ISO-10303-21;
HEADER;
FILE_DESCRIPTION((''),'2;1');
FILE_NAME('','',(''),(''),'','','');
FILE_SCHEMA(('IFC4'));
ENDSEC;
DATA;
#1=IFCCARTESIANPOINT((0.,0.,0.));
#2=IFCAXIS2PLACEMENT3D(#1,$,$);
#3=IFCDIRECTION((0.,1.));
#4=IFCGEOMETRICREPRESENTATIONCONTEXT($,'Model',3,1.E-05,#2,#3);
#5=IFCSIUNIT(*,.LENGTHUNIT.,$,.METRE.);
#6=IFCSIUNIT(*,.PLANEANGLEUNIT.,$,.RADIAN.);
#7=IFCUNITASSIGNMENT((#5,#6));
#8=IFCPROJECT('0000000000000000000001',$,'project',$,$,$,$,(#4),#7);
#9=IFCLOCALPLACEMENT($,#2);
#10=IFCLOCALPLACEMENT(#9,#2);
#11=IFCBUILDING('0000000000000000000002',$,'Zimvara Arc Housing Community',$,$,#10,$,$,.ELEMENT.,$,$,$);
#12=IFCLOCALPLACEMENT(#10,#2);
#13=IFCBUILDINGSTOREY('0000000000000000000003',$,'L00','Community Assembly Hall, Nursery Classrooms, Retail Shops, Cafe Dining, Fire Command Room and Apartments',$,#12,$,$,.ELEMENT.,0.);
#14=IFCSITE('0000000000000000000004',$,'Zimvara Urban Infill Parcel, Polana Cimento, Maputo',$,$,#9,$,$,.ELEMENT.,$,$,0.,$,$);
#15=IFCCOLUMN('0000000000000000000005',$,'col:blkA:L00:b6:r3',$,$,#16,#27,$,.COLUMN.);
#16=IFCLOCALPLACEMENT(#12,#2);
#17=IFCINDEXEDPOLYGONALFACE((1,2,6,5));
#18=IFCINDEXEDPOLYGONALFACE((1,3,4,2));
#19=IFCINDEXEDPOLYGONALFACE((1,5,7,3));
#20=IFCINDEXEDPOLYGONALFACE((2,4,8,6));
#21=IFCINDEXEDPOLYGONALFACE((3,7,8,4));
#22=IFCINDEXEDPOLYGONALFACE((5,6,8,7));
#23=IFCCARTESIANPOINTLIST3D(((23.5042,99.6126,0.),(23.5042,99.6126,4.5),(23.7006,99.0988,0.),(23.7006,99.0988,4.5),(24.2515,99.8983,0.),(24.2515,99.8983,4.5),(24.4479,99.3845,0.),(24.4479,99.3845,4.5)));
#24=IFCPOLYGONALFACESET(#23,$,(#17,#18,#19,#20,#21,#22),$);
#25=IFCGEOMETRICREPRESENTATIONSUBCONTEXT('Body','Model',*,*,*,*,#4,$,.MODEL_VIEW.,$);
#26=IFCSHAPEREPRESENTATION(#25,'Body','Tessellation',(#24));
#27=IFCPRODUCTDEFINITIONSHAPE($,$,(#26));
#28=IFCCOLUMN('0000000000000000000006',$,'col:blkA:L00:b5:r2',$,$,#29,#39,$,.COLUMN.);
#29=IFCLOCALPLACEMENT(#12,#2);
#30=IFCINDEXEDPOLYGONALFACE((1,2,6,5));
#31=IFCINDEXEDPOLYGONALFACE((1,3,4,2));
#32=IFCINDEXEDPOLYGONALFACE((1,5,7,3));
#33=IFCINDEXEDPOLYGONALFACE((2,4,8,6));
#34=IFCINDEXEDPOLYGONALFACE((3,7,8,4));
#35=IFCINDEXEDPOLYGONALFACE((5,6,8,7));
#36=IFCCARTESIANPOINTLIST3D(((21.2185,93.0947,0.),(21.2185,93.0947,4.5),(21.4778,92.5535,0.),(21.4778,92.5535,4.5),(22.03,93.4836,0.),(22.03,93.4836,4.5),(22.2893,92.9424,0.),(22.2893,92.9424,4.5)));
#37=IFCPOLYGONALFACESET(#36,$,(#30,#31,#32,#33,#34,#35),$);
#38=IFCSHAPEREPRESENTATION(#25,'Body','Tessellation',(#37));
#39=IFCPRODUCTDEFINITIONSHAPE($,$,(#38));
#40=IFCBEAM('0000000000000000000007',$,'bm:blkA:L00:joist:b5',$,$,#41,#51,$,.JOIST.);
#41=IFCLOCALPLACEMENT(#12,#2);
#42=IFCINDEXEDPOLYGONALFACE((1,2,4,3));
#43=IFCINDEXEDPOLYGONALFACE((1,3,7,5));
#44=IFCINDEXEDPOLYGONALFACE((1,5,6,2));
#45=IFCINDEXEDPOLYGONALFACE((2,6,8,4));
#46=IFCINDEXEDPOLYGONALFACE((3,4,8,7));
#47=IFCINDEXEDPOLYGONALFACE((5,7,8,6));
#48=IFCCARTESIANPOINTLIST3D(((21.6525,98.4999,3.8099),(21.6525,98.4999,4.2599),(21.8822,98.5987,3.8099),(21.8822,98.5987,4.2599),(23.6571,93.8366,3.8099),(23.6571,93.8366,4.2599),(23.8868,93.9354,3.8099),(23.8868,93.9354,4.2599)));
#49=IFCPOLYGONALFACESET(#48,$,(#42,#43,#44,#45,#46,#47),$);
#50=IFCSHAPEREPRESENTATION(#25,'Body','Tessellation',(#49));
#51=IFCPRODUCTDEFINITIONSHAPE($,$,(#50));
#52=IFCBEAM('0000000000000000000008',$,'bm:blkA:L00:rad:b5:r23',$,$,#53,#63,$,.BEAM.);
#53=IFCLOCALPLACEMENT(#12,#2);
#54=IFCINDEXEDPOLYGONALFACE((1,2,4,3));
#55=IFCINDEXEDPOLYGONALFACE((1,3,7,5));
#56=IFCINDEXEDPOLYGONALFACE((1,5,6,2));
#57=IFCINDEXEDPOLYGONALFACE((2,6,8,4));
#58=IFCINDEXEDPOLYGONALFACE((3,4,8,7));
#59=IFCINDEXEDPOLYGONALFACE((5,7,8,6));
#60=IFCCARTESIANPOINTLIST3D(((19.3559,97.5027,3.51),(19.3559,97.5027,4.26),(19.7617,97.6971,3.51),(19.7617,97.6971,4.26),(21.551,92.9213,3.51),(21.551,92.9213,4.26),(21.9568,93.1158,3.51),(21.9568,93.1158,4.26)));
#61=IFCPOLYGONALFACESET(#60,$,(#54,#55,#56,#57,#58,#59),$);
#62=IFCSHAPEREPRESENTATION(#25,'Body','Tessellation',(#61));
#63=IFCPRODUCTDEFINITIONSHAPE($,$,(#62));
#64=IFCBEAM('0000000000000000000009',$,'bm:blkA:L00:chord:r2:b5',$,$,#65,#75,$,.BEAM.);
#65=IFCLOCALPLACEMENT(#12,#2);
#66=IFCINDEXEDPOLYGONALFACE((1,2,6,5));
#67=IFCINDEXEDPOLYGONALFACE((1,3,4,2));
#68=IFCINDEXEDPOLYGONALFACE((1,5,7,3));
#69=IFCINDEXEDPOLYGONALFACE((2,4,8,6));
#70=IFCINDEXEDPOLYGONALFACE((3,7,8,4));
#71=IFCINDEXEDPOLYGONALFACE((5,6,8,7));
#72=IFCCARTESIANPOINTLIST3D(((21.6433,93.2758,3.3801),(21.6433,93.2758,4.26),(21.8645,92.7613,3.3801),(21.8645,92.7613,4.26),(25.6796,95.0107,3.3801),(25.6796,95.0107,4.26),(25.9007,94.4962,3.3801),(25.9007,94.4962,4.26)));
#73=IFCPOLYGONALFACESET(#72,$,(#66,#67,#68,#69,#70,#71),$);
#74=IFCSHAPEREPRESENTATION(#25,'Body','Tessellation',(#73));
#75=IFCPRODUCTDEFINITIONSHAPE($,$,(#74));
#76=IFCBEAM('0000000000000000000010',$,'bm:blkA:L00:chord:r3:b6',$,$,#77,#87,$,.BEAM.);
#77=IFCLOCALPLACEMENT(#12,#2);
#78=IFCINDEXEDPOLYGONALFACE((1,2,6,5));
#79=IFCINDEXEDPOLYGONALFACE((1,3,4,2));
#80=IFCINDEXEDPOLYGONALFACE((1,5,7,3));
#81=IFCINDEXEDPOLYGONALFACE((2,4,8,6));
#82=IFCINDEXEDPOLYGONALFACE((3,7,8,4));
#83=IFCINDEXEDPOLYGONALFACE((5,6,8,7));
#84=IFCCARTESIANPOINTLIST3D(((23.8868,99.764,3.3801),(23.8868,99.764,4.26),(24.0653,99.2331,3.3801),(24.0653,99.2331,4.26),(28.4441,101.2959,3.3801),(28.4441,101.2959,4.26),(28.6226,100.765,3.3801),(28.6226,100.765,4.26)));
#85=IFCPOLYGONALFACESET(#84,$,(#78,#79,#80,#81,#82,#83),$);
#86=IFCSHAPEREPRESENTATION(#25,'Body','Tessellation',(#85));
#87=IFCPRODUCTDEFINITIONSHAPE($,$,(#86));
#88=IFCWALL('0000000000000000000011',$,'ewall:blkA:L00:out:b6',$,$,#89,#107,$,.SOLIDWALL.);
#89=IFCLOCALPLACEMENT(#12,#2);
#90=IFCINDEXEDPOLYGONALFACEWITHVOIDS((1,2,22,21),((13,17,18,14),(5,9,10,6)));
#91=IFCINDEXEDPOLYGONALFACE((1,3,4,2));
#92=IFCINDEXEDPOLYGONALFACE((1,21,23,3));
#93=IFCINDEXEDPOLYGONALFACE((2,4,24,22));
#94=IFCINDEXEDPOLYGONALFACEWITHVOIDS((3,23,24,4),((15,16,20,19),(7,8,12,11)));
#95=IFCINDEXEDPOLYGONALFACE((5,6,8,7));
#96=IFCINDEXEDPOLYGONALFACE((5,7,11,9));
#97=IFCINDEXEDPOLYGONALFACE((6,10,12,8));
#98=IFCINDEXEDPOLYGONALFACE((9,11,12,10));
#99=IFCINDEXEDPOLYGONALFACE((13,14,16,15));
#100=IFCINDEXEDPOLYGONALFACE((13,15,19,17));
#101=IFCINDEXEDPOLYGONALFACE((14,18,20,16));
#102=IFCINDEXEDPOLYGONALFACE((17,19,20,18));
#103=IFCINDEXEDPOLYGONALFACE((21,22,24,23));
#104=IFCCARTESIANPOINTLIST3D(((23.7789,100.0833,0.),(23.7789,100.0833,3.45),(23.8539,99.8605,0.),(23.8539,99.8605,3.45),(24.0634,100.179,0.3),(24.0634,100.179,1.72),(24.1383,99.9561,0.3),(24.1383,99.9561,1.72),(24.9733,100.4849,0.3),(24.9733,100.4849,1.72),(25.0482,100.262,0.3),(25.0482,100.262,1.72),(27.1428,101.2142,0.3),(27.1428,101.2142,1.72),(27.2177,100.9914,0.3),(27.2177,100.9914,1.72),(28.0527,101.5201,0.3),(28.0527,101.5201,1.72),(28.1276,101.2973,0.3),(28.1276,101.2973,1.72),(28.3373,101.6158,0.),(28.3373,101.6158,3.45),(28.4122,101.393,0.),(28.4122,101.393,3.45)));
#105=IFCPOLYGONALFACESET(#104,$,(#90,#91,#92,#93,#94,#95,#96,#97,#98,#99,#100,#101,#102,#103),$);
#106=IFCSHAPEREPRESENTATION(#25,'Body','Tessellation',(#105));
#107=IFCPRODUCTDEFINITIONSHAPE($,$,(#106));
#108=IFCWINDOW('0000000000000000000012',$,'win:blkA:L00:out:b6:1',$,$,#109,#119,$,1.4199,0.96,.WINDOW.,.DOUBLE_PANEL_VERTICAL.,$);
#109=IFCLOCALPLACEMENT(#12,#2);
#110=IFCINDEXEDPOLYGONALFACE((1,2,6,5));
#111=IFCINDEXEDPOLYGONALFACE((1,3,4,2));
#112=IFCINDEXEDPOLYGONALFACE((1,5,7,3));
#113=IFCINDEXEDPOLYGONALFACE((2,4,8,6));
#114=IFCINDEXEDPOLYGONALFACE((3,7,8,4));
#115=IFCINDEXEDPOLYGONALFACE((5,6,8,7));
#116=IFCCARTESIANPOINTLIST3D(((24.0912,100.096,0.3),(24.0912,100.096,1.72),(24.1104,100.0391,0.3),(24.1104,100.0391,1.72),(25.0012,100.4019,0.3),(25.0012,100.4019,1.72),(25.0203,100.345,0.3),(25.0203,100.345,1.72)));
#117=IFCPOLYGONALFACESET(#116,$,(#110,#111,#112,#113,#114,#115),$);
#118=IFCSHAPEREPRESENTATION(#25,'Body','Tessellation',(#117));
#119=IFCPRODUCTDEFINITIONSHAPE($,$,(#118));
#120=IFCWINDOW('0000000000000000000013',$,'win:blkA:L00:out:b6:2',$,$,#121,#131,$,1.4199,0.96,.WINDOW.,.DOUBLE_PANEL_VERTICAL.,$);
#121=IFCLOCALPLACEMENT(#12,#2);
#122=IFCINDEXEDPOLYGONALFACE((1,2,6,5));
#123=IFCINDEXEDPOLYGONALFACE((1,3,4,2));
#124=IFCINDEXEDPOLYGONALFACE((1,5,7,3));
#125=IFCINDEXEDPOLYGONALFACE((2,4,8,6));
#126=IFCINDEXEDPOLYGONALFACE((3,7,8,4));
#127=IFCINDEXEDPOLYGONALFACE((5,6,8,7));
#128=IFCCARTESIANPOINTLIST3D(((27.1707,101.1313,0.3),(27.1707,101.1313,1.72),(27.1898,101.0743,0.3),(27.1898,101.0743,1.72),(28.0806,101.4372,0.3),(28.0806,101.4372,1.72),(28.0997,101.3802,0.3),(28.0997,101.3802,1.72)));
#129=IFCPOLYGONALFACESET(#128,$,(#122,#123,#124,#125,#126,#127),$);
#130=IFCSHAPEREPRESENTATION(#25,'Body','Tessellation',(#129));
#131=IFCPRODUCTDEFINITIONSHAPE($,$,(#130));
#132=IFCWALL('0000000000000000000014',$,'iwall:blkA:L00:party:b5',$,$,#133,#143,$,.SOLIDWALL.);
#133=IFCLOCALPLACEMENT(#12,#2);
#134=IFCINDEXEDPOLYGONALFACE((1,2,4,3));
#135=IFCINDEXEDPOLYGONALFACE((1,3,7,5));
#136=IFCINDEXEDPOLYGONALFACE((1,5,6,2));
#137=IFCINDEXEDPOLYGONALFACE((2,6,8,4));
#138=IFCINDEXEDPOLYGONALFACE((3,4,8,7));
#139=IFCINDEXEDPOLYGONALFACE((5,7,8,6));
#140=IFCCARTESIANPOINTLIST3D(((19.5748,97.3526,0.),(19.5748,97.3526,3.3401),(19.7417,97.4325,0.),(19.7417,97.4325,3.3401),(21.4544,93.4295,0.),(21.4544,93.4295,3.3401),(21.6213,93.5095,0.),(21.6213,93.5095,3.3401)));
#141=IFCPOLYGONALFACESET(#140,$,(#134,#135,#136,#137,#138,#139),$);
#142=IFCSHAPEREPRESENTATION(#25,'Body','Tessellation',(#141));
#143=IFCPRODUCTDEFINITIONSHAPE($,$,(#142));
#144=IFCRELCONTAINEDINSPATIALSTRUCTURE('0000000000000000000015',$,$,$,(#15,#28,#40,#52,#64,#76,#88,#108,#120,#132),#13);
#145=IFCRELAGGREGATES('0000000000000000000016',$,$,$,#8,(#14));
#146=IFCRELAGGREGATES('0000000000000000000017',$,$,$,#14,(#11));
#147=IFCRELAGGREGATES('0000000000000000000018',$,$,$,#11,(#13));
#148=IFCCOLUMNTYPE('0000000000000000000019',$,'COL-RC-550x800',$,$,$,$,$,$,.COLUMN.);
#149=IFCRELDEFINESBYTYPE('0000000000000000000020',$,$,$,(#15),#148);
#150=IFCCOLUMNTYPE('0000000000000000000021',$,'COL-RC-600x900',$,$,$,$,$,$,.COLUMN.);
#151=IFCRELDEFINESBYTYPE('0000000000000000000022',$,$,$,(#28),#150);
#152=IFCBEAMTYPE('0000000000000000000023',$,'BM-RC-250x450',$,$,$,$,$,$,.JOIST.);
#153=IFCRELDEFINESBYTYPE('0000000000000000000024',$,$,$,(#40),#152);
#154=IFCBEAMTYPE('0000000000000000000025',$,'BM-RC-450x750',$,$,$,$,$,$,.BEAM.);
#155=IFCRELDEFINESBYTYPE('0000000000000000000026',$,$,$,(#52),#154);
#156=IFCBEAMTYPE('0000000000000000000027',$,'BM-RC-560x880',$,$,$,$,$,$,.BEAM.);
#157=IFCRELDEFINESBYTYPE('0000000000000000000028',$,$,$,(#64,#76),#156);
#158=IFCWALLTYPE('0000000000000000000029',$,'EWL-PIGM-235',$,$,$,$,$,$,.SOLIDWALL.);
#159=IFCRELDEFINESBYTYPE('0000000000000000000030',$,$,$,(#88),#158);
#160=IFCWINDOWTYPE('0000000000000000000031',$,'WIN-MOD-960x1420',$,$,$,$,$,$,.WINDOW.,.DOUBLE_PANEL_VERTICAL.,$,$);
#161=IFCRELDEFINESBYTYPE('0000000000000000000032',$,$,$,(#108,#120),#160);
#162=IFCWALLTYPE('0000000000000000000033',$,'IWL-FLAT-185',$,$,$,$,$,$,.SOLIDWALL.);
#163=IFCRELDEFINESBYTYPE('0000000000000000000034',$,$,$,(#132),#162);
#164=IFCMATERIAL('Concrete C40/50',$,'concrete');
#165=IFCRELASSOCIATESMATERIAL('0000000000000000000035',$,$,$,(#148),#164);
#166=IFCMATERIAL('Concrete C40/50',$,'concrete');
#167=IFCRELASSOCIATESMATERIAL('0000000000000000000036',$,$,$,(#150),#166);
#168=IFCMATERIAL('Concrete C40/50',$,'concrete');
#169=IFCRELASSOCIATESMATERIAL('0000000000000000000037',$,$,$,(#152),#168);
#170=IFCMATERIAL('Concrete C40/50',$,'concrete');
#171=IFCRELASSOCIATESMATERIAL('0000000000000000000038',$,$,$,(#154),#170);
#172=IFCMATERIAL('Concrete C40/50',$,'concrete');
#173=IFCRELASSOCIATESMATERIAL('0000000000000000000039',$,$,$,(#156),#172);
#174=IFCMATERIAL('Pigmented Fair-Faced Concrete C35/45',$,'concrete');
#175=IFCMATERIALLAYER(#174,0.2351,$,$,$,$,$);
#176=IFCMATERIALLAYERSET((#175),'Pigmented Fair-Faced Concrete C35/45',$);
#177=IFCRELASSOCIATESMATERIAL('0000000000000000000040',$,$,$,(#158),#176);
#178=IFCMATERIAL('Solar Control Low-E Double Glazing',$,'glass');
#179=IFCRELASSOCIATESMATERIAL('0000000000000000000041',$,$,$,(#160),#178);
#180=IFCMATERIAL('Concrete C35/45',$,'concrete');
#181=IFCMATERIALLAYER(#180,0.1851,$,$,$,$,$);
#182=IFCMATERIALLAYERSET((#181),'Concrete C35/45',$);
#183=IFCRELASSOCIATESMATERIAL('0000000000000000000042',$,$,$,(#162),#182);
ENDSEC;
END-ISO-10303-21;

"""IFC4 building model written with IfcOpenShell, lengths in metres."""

from ifc_helpers import new_model, si_unit, direction, frame, frame_2d, origin, origin_2d, place, context, subcontext, project, spatial, rectangle, extrude, material, layer, layer_set, material_profile, profile_set, type_object, element, fill, save


model = new_model("IFC4")

# Units and contexts
model_context = context("Model", 3, precision=1e-05, world=origin(), true_north=direction((0.0, 1.0)))
body_context = subcontext(model_context, "Body", "Model", "MODEL_VIEW")
ifc_project = project(units=[si_unit("LENGTHUNIT", "METRE"), si_unit("PLANEANGLEUNIT", "RADIAN")], contexts=[model_context])

# Site, building, storey
site_placement = place(None, origin())
site = spatial("IfcSite", under=ifc_project, at=site_placement, Name="Zimvara Urban Infill Parcel, Polana Cimento, Maputo", CompositionType="ELEMENT", RefElevation=0.0)
building_placement = place(site_placement, origin())
building = spatial("IfcBuilding", under=site, at=building_placement, Name="Zimvara Arc Housing Community", CompositionType="ELEMENT")
storey_placement = place(building_placement, origin())
storey = spatial("IfcBuildingStorey", under=building, at=storey_placement, Name="L00", Description="Community Assembly Hall, Nursery Classrooms, Retail Shops, Cafe Dining, Fire Command Room and Apartments", CompositionType="ELEMENT", Elevation=0.0)

# Columns
ifc_material_1 = material(Name="Concrete C40/50", Category="concrete")
ifc_material_profile_1 = material_profile(ifc_material_1, rectangle(XDim=0.55, YDim=0.8, at=origin_2d()), Name="RC 550x800")
ifc_profile_set_1 = profile_set([ifc_material_profile_1], Name="Concrete C40/50")
column_type_1 = type_object("IfcColumnType", Name="COL-RC-550x800", PredefinedType="COLUMN", material=ifc_profile_set_1)
column_1_placement = place(storey_placement, frame((23.9761, 99.4985, 0.0), z_axis=(0.0, 0.0, 1.0), x_axis=(-0.357064, 0.93408, 0.0)))
element("IfcColumn", 1, at=column_1_placement, inside=storey, type_object=column_type_1, Name="col:blkA:L00:b6:r3", PredefinedType="COLUMN", context=body_context, shape_type="SweptSolid", body=[
    extrude(rectangle(XDim=0.55, YDim=0.8, at=origin_2d()), origin(), (0.0, 0.0, 1.0), 4.5),
])
ifc_material_2 = material(Name="Concrete C40/50", Category="concrete")
ifc_material_profile_2 = material_profile(ifc_material_2, rectangle(XDim=0.6001, YDim=0.8999, at=origin_2d()), Name="RC 600x900")
ifc_profile_set_2 = profile_set([ifc_material_profile_2], Name="Concrete C40/50")
column_type_2 = type_object("IfcColumnType", Name="COL-RC-600x900", PredefinedType="COLUMN", material=ifc_profile_set_2)
column_2_placement = place(storey_placement, frame((21.7539, 93.0186, 0.0), z_axis=(0.0, 0.0, 1.0), x_axis=(-0.432086, 0.901833, 0.0)))
element("IfcColumn", 2, at=column_2_placement, inside=storey, type_object=column_type_2, Name="col:blkA:L00:b5:r2", PredefinedType="COLUMN", context=body_context, shape_type="SweptSolid", body=[
    extrude(rectangle(XDim=0.6001, YDim=0.8999, at=origin_2d()), origin(), (0.0, 0.0, 1.0), 4.5),
])

# Beams
ifc_material_3 = material(Name="Concrete C40/50", Category="concrete")
ifc_material_profile_3 = material_profile(ifc_material_3, rectangle(XDim=0.25, YDim=0.45, at=origin_2d()), Name="RC 250x450")
ifc_profile_set_3 = profile_set([ifc_material_profile_3], Name="Concrete C40/50")
beam_type_1 = type_object("IfcBeamType", Name="BM-RC-250x450", PredefinedType="JOIST", material=ifc_profile_set_3)
beam_1_placement = place(storey_placement, frame((23.772, 93.886, 4.0349), z_axis=(-0.394929, 0.918712, 0.0), x_axis=(-0.918712, -0.394929, 0.0)))
element("IfcBeam", 3, at=beam_1_placement, inside=storey, type_object=beam_type_1, Name="bm:blkA:L00:joist:b5", PredefinedType="JOIST", context=body_context, shape_type="SweptSolid", body=[
    extrude(rectangle(XDim=0.25, YDim=0.45, at=origin_2d()), origin(), (0.0, 0.0, 1.0), 5.0759),
])
ifc_material_4 = material(Name="Concrete C40/50", Category="concrete")
ifc_material_profile_4 = material_profile(ifc_material_4, rectangle(XDim=0.45, YDim=0.75, at=origin_2d()), Name="RC 450x750")
ifc_profile_set_4 = profile_set([ifc_material_profile_4], Name="Concrete C40/50")
beam_type_2 = type_object("IfcBeamType", Name="BM-RC-450x750", PredefinedType="BEAM", material=ifc_profile_set_4)
beam_2_placement = place(storey_placement, frame((21.7539, 93.0186, 3.885), z_axis=(-0.432098, 0.901827, 0.0), x_axis=(-0.901827, -0.432098, 0.0)))
element("IfcBeam", 4, at=beam_2_placement, inside=storey, type_object=beam_type_2, Name="bm:blkA:L00:rad:b5:r23", PredefinedType="BEAM", context=body_context, shape_type="SweptSolid", body=[
    extrude(rectangle(XDim=0.45, YDim=0.75, at=origin_2d()), origin(), (0.0, 0.0, 1.0), 5.0801),
])
ifc_material_5 = material(Name="Concrete C40/50", Category="concrete")
ifc_material_profile_5 = material_profile(ifc_material_5, rectangle(XDim=0.5601, YDim=0.8799, at=origin_2d()), Name="RC 560x880")
ifc_profile_set_5 = profile_set([ifc_material_profile_5], Name="Concrete C40/50")
beam_type_3 = type_object("IfcBeamType", Name="BM-RC-560x880", PredefinedType="BEAM", material=ifc_profile_set_5)
beam_3_placement = place(storey_placement, frame((21.7539, 93.0186, 3.8201), z_axis=(0.918725, 0.394898, 0.0), x_axis=(-0.394898, 0.918725, 0.0)))
element("IfcBeam", 5, at=beam_3_placement, inside=storey, type_object=beam_type_3, Name="bm:blkA:L00:chord:r2:b5", PredefinedType="BEAM", context=body_context, shape_type="SweptSolid", body=[
    extrude(rectangle(XDim=0.5601, YDim=0.8799, at=origin_2d()), origin(), (0.0, 0.0, 1.0), 4.3933),
])
beam_4_placement = place(storey_placement, frame((23.9761, 99.4985, 3.8201), z_axis=(0.947878, 0.318634, 0.0), x_axis=(-0.318634, 0.947878, 0.0)))
element("IfcBeam", 6, at=beam_4_placement, inside=storey, type_object=beam_type_3, Name="bm:blkA:L00:chord:r3:b6", PredefinedType="BEAM", context=body_context, shape_type="SweptSolid", body=[
    extrude(rectangle(XDim=0.5601, YDim=0.8799, at=origin_2d()), origin(), (0.0, 0.0, 1.0), 4.8079),
])

# Wall, openings, windows
ifc_material_6 = material(Name="Pigmented Fair-Faced Concrete C35/45", Category="concrete")
ifc_layer_1 = layer(ifc_material_6, 0.2351)
ifc_layer_set_1 = layer_set([ifc_layer_1], Name="Pigmented Fair-Faced Concrete C35/45")
wall_type_1 = type_object("IfcWallType", Name="EWL-PIGM-235", PredefinedType="SOLIDWALL", material=ifc_layer_set_1)
wall_1_placement = place(storey_placement, frame((23.8164, 99.9719, 0.0), z_axis=(0.0, 0.0, 1.0), x_axis=(0.947868, 0.318664, 0.0)))
wall_1 = element("IfcWall", 7, at=wall_1_placement, inside=storey, type_object=wall_type_1, Name="ewall:blkA:L00:out:b6", PredefinedType="SOLIDWALL", context=body_context, shape_type="SweptSolid", body=[
    extrude(rectangle(XDim=4.8091, YDim=0.2351, at=frame_2d((2.4045, 0.0))), origin(), (0.0, 0.0, 1.0), 3.45),
])
opening_1_placement = place(wall_1_placement, frame((0.3, 0.0, 0.3)))
opening_1 = element("IfcOpeningElement", 8, at=opening_1_placement, cuts=wall_1, PredefinedType="OPENING", context=body_context, shape_type="SweptSolid", body=[
    extrude(rectangle(XDim=0.96, YDim=1.4199, at=frame_2d((0.48, 0.71))), frame((0.0, 0.1274, 0.0), z_axis=(0.0, -1.0, 0.0), x_axis=(1.0, 0.0, 0.0)), (0.0, 0.0, 1.0), 0.2551),
])
opening_2_placement = place(wall_1_placement, frame((3.5488, 0.0, 0.3)))
opening_2 = element("IfcOpeningElement", 9, at=opening_2_placement, cuts=wall_1, PredefinedType="OPENING", context=body_context, shape_type="SweptSolid", body=[
    extrude(rectangle(XDim=0.96, YDim=1.4199, at=frame_2d((0.48, 0.71))), frame((0.0, 0.1274, 0.0), z_axis=(0.0, -1.0, 0.0), x_axis=(1.0, 0.0, 0.0)), (0.0, 0.0, 1.0), 0.2551),
])
ifc_material_7 = material(Name="Solar Control Low-E Double Glazing", Category="glass")
window_type = type_object("IfcWindowType", Name="WIN-MOD-960x1420", PartitioningType="DOUBLE_PANEL_VERTICAL", PredefinedType="WINDOW", material=ifc_material_7)
window_1_placement = place(opening_1_placement, origin())
window_1 = element("IfcWindow", 10, at=window_1_placement, inside=storey, type_object=window_type, Name="win:blkA:L00:out:b6:1", OverallHeight=1.4199, OverallWidth=0.96, PartitioningType="DOUBLE_PANEL_VERTICAL", PredefinedType="WINDOW", context=body_context, shape_type="SweptSolid", body=[
    extrude(rectangle(XDim=0.96, YDim=1.4199, at=frame_2d((0.48, 0.71))), frame((0.0, 0.03, 0.0), z_axis=(0.0, -1.0, 0.0), x_axis=(1.0, 0.0, 0.0)), (0.0, 0.0, 1.0), 0.0601),
])
fill(opening_1, window_1)
window_2_placement = place(opening_2_placement, origin())
window_2 = element("IfcWindow", 11, at=window_2_placement, inside=storey, type_object=window_type, Name="win:blkA:L00:out:b6:2", OverallHeight=1.4199, OverallWidth=0.96, PartitioningType="DOUBLE_PANEL_VERTICAL", PredefinedType="WINDOW", context=body_context, shape_type="SweptSolid", body=[
    extrude(rectangle(XDim=0.96, YDim=1.4199, at=frame_2d((0.48, 0.71))), frame((0.0, 0.03, 0.0), z_axis=(0.0, -1.0, 0.0), x_axis=(1.0, 0.0, 0.0)), (0.0, 0.0, 1.0), 0.0601),
])
fill(opening_2, window_2)

# Wall
ifc_material_8 = material(Name="Concrete C35/45", Category="concrete")
ifc_layer_2 = layer(ifc_material_8, 0.1851)
ifc_layer_set_2 = layer_set([ifc_layer_2], Name="Concrete C35/45")
wall_type_2 = type_object("IfcWallType", Name="IWL-FLAT-185", PredefinedType="SOLIDWALL", material=ifc_layer_set_2)
wall_2_placement = place(storey_placement, frame((21.5378, 93.4695, 0.0), z_axis=(0.0, 0.0, 1.0), x_axis=(-0.432087, 0.901832, 0.0)))
element("IfcWall", 12, at=wall_2_placement, inside=storey, type_object=wall_type_2, Name="iwall:blkA:L00:party:b5", PredefinedType="SOLIDWALL", context=body_context, shape_type="SweptSolid", body=[
    extrude(rectangle(XDim=4.3501, YDim=0.1851, at=frame_2d((2.175, 0.0))), origin(), (0.0, 0.0, 1.0), 3.3401),
])

save(model, "model.ifc")
